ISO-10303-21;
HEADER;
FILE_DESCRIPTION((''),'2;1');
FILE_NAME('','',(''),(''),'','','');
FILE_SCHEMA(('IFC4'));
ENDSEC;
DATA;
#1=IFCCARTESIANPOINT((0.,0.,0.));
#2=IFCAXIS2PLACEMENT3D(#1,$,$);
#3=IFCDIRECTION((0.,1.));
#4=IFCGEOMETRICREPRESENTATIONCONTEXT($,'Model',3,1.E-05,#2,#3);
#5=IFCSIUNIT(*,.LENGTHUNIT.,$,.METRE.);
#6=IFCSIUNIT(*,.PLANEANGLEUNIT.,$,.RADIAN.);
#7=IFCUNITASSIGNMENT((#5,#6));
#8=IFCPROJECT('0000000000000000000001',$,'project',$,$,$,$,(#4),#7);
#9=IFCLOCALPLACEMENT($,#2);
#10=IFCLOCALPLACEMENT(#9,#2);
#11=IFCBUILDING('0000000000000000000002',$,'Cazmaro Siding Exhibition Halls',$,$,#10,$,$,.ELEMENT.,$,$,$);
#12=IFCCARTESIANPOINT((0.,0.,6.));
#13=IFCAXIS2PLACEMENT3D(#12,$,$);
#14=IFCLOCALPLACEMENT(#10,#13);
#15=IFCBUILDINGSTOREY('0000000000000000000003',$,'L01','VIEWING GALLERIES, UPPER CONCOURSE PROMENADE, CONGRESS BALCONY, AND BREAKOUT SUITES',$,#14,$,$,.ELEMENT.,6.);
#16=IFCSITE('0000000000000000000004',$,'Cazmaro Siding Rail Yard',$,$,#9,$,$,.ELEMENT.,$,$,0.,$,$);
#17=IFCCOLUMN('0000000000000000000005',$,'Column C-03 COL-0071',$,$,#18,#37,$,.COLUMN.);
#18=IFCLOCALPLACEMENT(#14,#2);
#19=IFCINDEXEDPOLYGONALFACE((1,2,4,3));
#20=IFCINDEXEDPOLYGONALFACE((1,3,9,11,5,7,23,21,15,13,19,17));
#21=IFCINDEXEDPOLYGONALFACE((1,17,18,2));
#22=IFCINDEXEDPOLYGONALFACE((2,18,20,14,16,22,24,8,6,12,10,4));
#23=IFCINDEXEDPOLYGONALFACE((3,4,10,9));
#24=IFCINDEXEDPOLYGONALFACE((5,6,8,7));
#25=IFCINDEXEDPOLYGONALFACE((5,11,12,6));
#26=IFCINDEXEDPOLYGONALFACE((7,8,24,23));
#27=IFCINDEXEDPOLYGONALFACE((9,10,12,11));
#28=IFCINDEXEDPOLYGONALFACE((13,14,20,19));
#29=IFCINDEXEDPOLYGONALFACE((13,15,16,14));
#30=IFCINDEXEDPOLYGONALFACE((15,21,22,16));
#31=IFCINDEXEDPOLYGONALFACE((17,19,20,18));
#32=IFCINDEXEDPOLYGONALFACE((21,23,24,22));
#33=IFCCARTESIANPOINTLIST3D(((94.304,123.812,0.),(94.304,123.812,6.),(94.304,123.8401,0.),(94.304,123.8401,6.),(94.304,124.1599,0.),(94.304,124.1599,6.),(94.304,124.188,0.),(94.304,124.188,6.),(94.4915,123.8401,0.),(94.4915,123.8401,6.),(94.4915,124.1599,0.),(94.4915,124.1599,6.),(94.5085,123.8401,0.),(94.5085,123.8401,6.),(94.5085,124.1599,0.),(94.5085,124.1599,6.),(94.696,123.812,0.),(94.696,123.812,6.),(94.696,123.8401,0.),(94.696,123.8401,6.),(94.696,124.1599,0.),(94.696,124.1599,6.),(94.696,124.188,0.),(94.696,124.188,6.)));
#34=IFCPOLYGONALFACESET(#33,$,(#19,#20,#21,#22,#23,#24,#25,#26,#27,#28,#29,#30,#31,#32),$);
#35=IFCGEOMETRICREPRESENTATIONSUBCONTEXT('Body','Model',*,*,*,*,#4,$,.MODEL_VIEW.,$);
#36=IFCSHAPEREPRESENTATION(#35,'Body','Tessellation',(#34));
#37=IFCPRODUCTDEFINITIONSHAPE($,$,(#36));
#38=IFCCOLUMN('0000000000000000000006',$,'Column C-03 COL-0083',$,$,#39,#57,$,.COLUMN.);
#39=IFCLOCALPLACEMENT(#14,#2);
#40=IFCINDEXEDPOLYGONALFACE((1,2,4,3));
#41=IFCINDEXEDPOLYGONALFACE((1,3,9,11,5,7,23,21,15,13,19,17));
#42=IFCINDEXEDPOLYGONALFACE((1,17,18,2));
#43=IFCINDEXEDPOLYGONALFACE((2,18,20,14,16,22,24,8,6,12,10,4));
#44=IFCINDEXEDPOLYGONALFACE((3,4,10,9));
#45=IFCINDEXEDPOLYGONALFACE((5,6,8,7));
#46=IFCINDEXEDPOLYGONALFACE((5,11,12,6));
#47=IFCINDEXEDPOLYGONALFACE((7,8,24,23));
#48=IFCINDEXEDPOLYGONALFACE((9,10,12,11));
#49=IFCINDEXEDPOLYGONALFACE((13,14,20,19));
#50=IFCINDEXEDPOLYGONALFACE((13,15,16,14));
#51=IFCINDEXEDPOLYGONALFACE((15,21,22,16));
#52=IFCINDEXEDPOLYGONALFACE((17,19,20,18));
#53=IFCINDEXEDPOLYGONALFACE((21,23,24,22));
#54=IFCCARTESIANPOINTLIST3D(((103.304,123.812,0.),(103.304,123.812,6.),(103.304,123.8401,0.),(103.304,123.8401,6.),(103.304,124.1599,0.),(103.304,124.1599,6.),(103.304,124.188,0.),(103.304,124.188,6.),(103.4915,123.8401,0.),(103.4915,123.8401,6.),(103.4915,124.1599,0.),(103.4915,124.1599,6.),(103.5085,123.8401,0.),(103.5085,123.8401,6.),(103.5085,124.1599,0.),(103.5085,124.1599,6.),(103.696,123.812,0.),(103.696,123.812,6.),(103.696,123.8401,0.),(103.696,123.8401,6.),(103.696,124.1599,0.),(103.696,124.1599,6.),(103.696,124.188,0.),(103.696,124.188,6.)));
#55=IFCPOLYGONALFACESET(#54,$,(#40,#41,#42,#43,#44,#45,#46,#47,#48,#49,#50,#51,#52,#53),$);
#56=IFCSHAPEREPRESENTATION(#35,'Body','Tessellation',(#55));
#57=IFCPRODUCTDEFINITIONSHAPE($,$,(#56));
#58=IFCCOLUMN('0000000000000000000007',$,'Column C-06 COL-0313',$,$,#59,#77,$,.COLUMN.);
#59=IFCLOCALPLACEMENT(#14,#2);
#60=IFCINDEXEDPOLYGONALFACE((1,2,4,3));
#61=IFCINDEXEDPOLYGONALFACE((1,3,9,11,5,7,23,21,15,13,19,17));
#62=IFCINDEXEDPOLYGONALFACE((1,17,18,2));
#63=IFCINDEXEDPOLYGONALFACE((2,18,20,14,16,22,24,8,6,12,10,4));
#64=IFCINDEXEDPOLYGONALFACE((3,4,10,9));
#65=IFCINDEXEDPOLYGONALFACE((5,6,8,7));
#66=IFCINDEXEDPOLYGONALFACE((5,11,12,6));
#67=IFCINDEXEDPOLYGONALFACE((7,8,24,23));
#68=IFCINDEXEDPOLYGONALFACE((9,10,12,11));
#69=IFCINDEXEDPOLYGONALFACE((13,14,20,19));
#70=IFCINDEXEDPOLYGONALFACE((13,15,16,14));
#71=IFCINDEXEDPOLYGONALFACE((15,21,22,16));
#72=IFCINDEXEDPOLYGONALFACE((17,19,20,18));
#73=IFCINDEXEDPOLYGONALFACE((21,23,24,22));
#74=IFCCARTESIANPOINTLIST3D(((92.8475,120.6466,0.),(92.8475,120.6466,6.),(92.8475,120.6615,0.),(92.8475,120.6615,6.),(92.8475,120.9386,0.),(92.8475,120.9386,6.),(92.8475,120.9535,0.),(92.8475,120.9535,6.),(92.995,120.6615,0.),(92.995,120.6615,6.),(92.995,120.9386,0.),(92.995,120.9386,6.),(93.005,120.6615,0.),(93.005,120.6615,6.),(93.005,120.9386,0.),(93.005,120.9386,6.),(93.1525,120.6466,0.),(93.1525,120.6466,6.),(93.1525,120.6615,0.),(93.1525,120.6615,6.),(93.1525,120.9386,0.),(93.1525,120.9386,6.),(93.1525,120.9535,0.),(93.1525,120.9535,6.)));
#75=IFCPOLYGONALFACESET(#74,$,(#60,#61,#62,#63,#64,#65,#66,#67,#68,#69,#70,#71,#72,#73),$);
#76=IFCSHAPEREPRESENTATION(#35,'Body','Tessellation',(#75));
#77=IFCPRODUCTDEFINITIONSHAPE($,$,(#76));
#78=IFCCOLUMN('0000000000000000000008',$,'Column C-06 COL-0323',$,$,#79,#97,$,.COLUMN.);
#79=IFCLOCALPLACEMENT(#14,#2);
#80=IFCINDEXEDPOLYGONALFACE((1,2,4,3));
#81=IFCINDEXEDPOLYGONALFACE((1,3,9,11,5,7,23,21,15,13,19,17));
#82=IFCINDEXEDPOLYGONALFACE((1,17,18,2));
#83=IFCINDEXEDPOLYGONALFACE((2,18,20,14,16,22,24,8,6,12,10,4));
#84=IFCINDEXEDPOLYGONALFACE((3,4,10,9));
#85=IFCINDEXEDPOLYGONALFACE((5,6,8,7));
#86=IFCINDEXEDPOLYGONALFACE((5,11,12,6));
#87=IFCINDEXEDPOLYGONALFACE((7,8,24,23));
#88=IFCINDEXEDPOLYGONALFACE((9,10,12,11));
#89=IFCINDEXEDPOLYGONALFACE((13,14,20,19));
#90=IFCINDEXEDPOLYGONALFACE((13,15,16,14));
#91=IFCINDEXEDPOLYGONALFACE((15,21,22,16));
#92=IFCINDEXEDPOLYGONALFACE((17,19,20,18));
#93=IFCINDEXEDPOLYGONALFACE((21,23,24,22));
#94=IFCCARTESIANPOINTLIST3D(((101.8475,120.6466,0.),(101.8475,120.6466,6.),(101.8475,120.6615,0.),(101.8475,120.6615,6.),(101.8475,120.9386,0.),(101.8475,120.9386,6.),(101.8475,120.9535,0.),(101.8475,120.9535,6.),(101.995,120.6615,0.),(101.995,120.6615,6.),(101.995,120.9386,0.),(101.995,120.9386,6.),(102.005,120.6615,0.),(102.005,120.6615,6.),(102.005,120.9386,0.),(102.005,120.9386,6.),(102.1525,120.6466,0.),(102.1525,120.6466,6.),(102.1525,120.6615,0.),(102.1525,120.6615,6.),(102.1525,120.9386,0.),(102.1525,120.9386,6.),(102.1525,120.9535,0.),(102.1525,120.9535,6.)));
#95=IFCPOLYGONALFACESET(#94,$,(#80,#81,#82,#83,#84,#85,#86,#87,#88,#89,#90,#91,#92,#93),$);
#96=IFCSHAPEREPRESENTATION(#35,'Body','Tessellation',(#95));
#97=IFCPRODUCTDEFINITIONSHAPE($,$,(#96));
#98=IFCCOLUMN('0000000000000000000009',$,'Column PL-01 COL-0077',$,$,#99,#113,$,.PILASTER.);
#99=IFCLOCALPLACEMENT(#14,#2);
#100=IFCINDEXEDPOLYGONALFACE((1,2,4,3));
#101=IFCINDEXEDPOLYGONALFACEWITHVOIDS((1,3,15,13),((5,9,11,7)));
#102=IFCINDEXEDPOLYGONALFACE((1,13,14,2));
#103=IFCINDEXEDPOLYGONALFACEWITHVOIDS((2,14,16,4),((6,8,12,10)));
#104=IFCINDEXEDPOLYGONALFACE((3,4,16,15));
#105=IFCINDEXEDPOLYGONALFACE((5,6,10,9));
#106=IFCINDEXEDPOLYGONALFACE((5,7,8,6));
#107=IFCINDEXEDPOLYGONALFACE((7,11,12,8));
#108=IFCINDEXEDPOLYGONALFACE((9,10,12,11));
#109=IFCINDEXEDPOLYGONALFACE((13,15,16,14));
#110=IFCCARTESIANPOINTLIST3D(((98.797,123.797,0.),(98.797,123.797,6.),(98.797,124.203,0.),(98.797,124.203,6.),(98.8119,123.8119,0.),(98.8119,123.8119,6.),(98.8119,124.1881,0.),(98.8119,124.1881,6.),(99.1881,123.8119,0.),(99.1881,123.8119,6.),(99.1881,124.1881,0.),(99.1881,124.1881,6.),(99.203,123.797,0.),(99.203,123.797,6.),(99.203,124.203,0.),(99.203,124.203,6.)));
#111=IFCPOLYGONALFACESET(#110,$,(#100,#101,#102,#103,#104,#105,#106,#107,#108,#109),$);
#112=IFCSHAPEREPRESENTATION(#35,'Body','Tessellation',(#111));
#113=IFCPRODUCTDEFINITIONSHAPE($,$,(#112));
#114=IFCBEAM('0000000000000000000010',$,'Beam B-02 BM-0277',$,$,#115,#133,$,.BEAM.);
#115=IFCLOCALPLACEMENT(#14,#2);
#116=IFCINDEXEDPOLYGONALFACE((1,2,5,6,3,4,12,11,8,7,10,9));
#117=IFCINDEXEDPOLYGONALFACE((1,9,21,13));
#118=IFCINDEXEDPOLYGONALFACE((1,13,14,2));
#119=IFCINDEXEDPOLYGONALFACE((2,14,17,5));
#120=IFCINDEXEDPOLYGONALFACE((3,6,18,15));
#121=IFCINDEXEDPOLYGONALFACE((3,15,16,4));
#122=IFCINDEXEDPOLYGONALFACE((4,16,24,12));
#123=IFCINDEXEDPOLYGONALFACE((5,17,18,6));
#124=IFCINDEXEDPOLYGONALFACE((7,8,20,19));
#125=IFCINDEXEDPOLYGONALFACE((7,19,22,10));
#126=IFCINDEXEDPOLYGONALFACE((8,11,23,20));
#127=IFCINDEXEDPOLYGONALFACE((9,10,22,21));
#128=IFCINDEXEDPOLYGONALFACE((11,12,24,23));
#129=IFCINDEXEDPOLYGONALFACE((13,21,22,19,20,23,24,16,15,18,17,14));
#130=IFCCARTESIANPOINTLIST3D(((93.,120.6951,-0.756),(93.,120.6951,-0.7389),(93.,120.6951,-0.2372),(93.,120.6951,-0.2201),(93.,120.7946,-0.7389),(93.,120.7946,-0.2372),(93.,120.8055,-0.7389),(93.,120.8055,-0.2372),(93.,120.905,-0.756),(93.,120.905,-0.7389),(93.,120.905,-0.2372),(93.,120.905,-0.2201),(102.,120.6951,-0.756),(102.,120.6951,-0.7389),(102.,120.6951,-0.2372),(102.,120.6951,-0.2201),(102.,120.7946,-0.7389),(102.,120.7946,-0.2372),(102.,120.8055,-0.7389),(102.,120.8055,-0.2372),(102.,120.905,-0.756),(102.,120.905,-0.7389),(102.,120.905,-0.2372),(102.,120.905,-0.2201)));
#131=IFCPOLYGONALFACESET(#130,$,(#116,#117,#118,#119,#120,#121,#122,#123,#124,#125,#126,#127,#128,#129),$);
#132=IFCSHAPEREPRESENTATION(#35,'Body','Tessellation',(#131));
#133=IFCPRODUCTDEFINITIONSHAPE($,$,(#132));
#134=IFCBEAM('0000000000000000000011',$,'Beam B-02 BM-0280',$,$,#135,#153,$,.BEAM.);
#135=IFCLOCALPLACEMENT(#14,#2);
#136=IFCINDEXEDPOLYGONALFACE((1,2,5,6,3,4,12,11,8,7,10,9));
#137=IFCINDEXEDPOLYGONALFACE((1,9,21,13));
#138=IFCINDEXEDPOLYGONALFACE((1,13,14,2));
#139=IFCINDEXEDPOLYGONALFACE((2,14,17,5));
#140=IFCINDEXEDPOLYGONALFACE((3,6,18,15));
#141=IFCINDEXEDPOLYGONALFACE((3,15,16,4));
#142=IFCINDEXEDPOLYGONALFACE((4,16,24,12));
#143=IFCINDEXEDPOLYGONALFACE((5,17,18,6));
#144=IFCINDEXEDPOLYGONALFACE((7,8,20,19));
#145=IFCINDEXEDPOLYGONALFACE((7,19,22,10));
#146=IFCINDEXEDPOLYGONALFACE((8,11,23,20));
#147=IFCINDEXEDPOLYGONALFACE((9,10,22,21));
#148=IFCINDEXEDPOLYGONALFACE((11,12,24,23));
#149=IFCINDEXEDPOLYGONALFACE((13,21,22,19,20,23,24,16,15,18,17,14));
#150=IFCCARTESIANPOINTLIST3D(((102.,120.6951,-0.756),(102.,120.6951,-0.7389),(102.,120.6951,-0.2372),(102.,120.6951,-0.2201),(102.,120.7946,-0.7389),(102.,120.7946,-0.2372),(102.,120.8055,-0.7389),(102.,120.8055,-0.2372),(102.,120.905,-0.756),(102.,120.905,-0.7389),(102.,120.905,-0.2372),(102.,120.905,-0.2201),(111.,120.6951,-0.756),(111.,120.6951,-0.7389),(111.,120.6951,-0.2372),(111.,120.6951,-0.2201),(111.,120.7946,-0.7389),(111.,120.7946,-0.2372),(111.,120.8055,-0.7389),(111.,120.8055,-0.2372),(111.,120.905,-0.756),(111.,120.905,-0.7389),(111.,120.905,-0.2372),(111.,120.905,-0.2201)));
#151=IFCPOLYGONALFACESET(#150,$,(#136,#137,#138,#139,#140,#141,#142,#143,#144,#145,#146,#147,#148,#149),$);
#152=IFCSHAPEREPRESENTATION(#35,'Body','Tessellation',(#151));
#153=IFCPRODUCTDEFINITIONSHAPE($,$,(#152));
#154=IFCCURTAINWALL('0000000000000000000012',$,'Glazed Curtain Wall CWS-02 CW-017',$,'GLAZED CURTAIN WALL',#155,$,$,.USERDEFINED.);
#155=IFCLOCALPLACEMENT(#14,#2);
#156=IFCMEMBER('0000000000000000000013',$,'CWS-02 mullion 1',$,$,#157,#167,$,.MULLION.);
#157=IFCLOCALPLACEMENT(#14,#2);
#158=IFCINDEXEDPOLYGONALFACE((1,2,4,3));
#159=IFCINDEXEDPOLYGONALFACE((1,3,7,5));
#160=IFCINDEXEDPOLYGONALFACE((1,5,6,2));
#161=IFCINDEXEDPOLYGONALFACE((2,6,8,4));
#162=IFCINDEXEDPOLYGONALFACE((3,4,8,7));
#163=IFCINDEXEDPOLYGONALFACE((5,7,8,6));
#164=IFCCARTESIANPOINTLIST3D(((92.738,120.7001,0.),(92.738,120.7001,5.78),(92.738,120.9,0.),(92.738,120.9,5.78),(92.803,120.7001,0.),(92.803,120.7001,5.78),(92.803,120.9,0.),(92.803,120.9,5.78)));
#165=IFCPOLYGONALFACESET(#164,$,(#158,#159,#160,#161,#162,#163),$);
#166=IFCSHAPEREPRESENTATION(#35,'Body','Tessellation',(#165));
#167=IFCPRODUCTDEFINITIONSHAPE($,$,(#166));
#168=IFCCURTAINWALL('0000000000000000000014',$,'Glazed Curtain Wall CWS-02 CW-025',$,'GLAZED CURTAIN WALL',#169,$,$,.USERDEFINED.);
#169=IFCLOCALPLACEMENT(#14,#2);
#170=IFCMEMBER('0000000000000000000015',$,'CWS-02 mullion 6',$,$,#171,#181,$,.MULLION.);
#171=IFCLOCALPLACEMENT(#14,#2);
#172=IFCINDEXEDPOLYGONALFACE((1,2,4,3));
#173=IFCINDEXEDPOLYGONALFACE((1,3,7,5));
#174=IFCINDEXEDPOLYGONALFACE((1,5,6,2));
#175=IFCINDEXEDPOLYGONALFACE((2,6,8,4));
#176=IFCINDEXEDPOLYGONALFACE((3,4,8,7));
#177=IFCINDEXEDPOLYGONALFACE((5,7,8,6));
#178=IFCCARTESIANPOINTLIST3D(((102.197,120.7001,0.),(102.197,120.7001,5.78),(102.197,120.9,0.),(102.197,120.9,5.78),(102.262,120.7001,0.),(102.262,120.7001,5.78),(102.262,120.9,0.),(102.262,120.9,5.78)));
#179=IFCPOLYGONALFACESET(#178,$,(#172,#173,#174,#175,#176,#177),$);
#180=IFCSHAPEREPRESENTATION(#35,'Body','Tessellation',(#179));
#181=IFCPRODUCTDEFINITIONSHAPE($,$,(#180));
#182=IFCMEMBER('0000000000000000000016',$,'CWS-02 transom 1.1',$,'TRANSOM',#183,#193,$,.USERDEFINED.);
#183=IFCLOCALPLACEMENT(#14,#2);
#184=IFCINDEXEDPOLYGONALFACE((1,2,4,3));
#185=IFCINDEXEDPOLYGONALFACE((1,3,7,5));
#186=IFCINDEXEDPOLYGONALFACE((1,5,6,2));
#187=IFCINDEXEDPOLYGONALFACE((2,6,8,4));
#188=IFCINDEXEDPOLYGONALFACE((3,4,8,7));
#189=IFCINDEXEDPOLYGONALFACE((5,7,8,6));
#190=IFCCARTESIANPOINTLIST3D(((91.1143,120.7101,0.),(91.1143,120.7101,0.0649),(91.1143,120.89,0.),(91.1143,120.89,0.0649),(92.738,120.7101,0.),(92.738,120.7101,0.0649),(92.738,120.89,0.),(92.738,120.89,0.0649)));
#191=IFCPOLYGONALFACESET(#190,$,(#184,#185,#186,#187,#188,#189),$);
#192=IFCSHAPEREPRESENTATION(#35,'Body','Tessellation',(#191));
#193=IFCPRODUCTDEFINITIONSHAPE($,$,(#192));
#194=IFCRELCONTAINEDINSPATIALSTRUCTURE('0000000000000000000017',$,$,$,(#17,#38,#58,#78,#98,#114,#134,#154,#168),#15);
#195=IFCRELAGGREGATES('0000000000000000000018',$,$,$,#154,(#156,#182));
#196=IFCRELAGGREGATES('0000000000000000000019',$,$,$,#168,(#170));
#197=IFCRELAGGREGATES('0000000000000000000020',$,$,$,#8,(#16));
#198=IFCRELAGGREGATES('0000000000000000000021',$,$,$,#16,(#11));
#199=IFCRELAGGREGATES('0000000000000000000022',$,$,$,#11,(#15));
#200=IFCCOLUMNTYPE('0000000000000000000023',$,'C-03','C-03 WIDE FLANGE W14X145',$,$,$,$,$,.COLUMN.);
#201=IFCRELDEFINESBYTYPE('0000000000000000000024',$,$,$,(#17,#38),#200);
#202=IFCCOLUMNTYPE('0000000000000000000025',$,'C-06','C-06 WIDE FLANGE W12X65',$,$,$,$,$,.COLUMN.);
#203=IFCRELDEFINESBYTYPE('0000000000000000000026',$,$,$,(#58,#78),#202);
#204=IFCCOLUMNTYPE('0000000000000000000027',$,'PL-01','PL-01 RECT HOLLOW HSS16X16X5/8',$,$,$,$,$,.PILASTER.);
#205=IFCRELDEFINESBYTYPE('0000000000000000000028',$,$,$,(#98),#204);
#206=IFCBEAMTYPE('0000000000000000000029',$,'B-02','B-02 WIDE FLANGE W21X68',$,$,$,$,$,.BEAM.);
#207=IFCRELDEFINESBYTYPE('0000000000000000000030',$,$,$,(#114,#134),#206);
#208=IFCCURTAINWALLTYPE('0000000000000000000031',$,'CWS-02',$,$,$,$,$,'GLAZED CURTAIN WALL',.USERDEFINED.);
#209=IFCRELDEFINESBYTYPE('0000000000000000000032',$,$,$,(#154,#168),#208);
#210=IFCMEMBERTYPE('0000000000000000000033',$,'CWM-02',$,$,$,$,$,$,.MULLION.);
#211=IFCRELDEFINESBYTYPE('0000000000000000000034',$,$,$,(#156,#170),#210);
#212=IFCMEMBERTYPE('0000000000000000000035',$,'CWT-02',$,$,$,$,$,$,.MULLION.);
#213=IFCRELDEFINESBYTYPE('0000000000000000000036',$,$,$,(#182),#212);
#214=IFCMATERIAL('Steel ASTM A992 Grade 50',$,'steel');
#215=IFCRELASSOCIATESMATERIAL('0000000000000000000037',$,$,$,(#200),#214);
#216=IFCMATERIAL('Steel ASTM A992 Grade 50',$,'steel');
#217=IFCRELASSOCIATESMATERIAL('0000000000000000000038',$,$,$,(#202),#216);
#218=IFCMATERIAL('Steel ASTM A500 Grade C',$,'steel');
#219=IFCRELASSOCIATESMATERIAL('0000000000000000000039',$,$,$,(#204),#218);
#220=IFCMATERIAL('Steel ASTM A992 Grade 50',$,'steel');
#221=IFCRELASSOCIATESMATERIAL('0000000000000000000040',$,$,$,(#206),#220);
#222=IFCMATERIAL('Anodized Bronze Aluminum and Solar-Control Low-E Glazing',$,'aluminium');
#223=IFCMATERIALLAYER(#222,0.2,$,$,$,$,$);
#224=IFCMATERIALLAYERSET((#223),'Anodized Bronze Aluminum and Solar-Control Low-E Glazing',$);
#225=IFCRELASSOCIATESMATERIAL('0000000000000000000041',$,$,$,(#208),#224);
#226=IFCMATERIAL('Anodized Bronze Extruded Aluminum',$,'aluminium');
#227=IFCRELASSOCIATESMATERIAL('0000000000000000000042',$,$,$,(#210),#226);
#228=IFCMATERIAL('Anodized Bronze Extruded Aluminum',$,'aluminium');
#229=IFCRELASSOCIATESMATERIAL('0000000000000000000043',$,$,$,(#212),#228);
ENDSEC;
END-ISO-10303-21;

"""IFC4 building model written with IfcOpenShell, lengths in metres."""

from ifc_helpers import new_model, si_unit, direction, frame, origin, origin_2d, place, context, subcontext, project, spatial, rectangle, hollow_rectangle, i_section, extrude, material, layer, layer_set, material_profile, profile_set, type_object, element, aggregate, save


model = new_model("IFC4")

# Units and contexts
model_context = context("Model", 3, precision=1e-05, world=origin(), true_north=direction((0.0, 1.0)))
body_context = subcontext(model_context, "Body", "Model", "MODEL_VIEW")
ifc_project = project(units=[si_unit("LENGTHUNIT", "METRE"), si_unit("PLANEANGLEUNIT", "RADIAN")], contexts=[model_context])

# Site, building, storey
site_placement = place(None, origin())
site = spatial("IfcSite", under=ifc_project, at=site_placement, Name="Cazmaro Siding Rail Yard", CompositionType="ELEMENT", RefElevation=0.0)
building_placement = place(site_placement, origin())
building = spatial("IfcBuilding", under=site, at=building_placement, Name="Cazmaro Siding Exhibition Halls", CompositionType="ELEMENT")
storey_placement = place(building_placement, frame((0.0, 0.0, 6.0)))
storey = spatial("IfcBuildingStorey", under=building, at=storey_placement, Name="L01", Description="VIEWING GALLERIES, UPPER CONCOURSE PROMENADE, CONGRESS BALCONY, AND BREAKOUT SUITES", CompositionType="ELEMENT", Elevation=6.0)

# Columns
ifc_material_1 = material(Name="Steel ASTM A992 Grade 50", Category="steel")
ifc_material_profile_1 = material_profile(ifc_material_1, i_section(OverallWidth=0.3921, OverallDepth=0.376, WebThickness=0.0171, FlangeThickness=0.0281, at=origin_2d()), Name="W14X145")
ifc_profile_set_1 = profile_set([ifc_material_profile_1], Name="Steel ASTM A992 Grade 50")
column_type_1 = type_object("IfcColumnType", Name="C-03", Description="C-03 WIDE FLANGE W14X145", PredefinedType="COLUMN", material=ifc_profile_set_1)
for number, where, z_axis, x_axis, name in (
    (1, (94.5, 124.0, 0.0), (0.0, 0.0, 1.0), (1.0, 0.0, 0.0), "Column C-03 COL-0071"),
    (2, (103.5, 124.0, 0.0), (0.0, 0.0, 1.0), (1.0, 0.0, 0.0), "Column C-03 COL-0083"),
):
    element("IfcColumn", number, at=place(storey_placement, frame(where, z_axis=z_axis, x_axis=x_axis)), inside=storey, type_object=column_type_1, Name=name, PredefinedType="COLUMN", context=body_context, shape_type="SweptSolid", body=[
        extrude(i_section(OverallWidth=0.3921, OverallDepth=0.376, WebThickness=0.0171, FlangeThickness=0.0281, at=origin_2d()), origin(), (0.0, 0.0, 1.0), 6.0),
    ])
ifc_material_2 = material(Name="Steel ASTM A992 Grade 50", Category="steel")
ifc_material_profile_2 = material_profile(ifc_material_2, i_section(OverallWidth=0.3049, OverallDepth=0.3069, WebThickness=0.01, FlangeThickness=0.0149, at=origin_2d()), Name="W12X65")
ifc_profile_set_2 = profile_set([ifc_material_profile_2], Name="Steel ASTM A992 Grade 50")
column_type_2 = type_object("IfcColumnType", Name="C-06", Description="C-06 WIDE FLANGE W12X65", PredefinedType="COLUMN", material=ifc_profile_set_2)
for number, where, z_axis, x_axis, name in (
    (3, (93.0, 120.8, 0.0), (0.0, 0.0, 1.0), (1.0, 0.0, 0.0), "Column C-06 COL-0313"),
    (4, (102.0, 120.8, 0.0), (0.0, 0.0, 1.0), (1.0, 0.0, 0.0), "Column C-06 COL-0323"),
):
    element("IfcColumn", number, at=place(storey_placement, frame(where, z_axis=z_axis, x_axis=x_axis)), inside=storey, type_object=column_type_2, Name=name, PredefinedType="COLUMN", context=body_context, shape_type="SweptSolid", body=[
        extrude(i_section(OverallWidth=0.3049, OverallDepth=0.3069, WebThickness=0.01, FlangeThickness=0.0149, at=origin_2d()), origin(), (0.0, 0.0, 1.0), 6.0),
    ])
ifc_material_3 = material(Name="Steel ASTM A500 Grade C", Category="steel")
ifc_material_profile_3 = material_profile(ifc_material_3, hollow_rectangle(XDim=0.406, YDim=0.406, WallThickness=0.0149, at=origin_2d()), Name="HSS16X16X5/8")
ifc_profile_set_3 = profile_set([ifc_material_profile_3], Name="Steel ASTM A500 Grade C")
column_type_3 = type_object("IfcColumnType", Name="PL-01", Description="PL-01 RECT HOLLOW HSS16X16X5/8", PredefinedType="PILASTER", material=ifc_profile_set_3)
column_placement = place(storey_placement, frame((99.0, 124.0, 0.0), z_axis=(0.0, 0.0, 1.0), x_axis=(1.0, 0.0, 0.0)))
element("IfcColumn", 5, at=column_placement, inside=storey, type_object=column_type_3, Name="Column PL-01 COL-0077", PredefinedType="PILASTER", context=body_context, shape_type="SweptSolid", body=[
    extrude(hollow_rectangle(XDim=0.406, YDim=0.406, WallThickness=0.0149, at=origin_2d()), origin(), (0.0, 0.0, 1.0), 6.0),
])

# Beams
ifc_material_4 = material(Name="Steel ASTM A992 Grade 50", Category="steel")
ifc_material_profile_4 = material_profile(ifc_material_4, i_section(OverallWidth=0.21, OverallDepth=0.5359, WebThickness=0.011, FlangeThickness=0.0171, at=origin_2d()), Name="W21X68")
ifc_profile_set_4 = profile_set([ifc_material_profile_4], Name="Steel ASTM A992 Grade 50")
beam_type_1 = type_object("IfcBeamType", Name="B-02", Description="B-02 WIDE FLANGE W21X68", PredefinedType="BEAM", material=ifc_profile_set_4)
for number, where, z_axis, x_axis, name in (
    (6, (93.0, 120.8, -0.488), (1.0, 0.0, 0.0), (0.0, 1.0, 0.0), "Beam B-02 BM-0277"),
    (7, (102.0, 120.8, -0.488), (1.0, 0.0, 0.0), (0.0, 1.0, 0.0), "Beam B-02 BM-0280"),
):
    element("IfcBeam", number, at=place(storey_placement, frame(where, z_axis=z_axis, x_axis=x_axis)), inside=storey, type_object=beam_type_1, Name=name, PredefinedType="BEAM", context=body_context, shape_type="SweptSolid", body=[
        extrude(i_section(OverallWidth=0.21, OverallDepth=0.5359, WebThickness=0.011, FlangeThickness=0.0171, at=origin_2d()), origin(), (0.0, 0.0, 1.0), 9.0),
    ])

# Curtain walls, members
ifc_material_5 = material(Name="Anodized Bronze Aluminum and Solar-Control Low-E Glazing", Category="aluminium")
ifc_layer_1 = layer(ifc_material_5, 0.2)
ifc_layer_set_1 = layer_set([ifc_layer_1], Name="Anodized Bronze Aluminum and Solar-Control Low-E Glazing")
curtain_wall_type = type_object("IfcCurtainWallType", Name="CWS-02", ElementType="GLAZED CURTAIN WALL", PredefinedType="USERDEFINED", material=ifc_layer_set_1)
curtain_wall_1_placement = place(storey_placement, origin())
curtain_wall_1 = element("IfcCurtainWall", 8, at=curtain_wall_1_placement, inside=storey, type_object=curtain_wall_type, Name="Glazed Curtain Wall CWS-02 CW-017", ObjectType="GLAZED CURTAIN WALL", PredefinedType="USERDEFINED")
ifc_material_6 = material(Name="Anodized Bronze Extruded Aluminum", Category="aluminium")
ifc_material_profile_5 = material_profile(ifc_material_6, rectangle(XDim=0.2, YDim=0.0649, at=origin_2d()), Name="CWM-02")
ifc_profile_set_5 = profile_set([ifc_material_profile_5], Name="Anodized Bronze Extruded Aluminum")
member_type_1 = type_object("IfcMemberType", Name="CWM-02", PredefinedType="MULLION", material=ifc_profile_set_5)
member_1_placement = place(storey_placement, frame((92.7705, 120.8, 0.0), z_axis=(0.0, 0.0, 1.0), x_axis=(0.0, -1.0, 0.0)))
member_1 = element("IfcMember", 9, at=member_1_placement, type_object=member_type_1, Name="CWS-02 mullion 1", PredefinedType="MULLION", context=body_context, shape_type="SweptSolid", body=[
    extrude(rectangle(XDim=0.2, YDim=0.0649, at=origin_2d()), origin(), (0.0, 0.0, 1.0), 5.78),
])
curtain_wall_2_placement = place(storey_placement, origin())
curtain_wall_2 = element("IfcCurtainWall", 10, at=curtain_wall_2_placement, inside=storey, type_object=curtain_wall_type, Name="Glazed Curtain Wall CWS-02 CW-025", ObjectType="GLAZED CURTAIN WALL", PredefinedType="USERDEFINED")
member_2_placement = place(storey_placement, frame((102.2295, 120.8, 0.0), z_axis=(0.0, 0.0, 1.0), x_axis=(0.0, -1.0, 0.0)))
member_2 = element("IfcMember", 11, at=member_2_placement, type_object=member_type_1, Name="CWS-02 mullion 6", PredefinedType="MULLION", context=body_context, shape_type="SweptSolid", body=[
    extrude(rectangle(XDim=0.2, YDim=0.0649, at=origin_2d()), origin(), (0.0, 0.0, 1.0), 5.78),
])

# Member
ifc_material_7 = material(Name="Anodized Bronze Extruded Aluminum", Category="aluminium")
ifc_material_profile_6 = material_profile(ifc_material_7, rectangle(XDim=0.1799, YDim=0.0649, at=origin_2d()), Name="CWT-02")
ifc_profile_set_6 = profile_set([ifc_material_profile_6], Name="Anodized Bronze Extruded Aluminum")
member_type_2 = type_object("IfcMemberType", Name="CWT-02", PredefinedType="MULLION", material=ifc_profile_set_6)
member_3_placement = place(storey_placement, frame((92.738, 120.8, 0.0325), z_axis=(-1.0, 0.0, 0.0), x_axis=(0.0, -1.0, 0.0)))
member_3 = element("IfcMember", 12, at=member_3_placement, type_object=member_type_2, Name="CWS-02 transom 1.1", ObjectType="TRANSOM", PredefinedType="USERDEFINED", context=body_context, shape_type="SweptSolid", body=[
    extrude(rectangle(XDim=0.1799, YDim=0.0649, at=origin_2d()), origin(), (0.0, 0.0, 1.0), 1.6238),
])

aggregate(curtain_wall_1, [member_1, member_3])
aggregate(curtain_wall_2, [member_2])

save(model, "model.ifc")
